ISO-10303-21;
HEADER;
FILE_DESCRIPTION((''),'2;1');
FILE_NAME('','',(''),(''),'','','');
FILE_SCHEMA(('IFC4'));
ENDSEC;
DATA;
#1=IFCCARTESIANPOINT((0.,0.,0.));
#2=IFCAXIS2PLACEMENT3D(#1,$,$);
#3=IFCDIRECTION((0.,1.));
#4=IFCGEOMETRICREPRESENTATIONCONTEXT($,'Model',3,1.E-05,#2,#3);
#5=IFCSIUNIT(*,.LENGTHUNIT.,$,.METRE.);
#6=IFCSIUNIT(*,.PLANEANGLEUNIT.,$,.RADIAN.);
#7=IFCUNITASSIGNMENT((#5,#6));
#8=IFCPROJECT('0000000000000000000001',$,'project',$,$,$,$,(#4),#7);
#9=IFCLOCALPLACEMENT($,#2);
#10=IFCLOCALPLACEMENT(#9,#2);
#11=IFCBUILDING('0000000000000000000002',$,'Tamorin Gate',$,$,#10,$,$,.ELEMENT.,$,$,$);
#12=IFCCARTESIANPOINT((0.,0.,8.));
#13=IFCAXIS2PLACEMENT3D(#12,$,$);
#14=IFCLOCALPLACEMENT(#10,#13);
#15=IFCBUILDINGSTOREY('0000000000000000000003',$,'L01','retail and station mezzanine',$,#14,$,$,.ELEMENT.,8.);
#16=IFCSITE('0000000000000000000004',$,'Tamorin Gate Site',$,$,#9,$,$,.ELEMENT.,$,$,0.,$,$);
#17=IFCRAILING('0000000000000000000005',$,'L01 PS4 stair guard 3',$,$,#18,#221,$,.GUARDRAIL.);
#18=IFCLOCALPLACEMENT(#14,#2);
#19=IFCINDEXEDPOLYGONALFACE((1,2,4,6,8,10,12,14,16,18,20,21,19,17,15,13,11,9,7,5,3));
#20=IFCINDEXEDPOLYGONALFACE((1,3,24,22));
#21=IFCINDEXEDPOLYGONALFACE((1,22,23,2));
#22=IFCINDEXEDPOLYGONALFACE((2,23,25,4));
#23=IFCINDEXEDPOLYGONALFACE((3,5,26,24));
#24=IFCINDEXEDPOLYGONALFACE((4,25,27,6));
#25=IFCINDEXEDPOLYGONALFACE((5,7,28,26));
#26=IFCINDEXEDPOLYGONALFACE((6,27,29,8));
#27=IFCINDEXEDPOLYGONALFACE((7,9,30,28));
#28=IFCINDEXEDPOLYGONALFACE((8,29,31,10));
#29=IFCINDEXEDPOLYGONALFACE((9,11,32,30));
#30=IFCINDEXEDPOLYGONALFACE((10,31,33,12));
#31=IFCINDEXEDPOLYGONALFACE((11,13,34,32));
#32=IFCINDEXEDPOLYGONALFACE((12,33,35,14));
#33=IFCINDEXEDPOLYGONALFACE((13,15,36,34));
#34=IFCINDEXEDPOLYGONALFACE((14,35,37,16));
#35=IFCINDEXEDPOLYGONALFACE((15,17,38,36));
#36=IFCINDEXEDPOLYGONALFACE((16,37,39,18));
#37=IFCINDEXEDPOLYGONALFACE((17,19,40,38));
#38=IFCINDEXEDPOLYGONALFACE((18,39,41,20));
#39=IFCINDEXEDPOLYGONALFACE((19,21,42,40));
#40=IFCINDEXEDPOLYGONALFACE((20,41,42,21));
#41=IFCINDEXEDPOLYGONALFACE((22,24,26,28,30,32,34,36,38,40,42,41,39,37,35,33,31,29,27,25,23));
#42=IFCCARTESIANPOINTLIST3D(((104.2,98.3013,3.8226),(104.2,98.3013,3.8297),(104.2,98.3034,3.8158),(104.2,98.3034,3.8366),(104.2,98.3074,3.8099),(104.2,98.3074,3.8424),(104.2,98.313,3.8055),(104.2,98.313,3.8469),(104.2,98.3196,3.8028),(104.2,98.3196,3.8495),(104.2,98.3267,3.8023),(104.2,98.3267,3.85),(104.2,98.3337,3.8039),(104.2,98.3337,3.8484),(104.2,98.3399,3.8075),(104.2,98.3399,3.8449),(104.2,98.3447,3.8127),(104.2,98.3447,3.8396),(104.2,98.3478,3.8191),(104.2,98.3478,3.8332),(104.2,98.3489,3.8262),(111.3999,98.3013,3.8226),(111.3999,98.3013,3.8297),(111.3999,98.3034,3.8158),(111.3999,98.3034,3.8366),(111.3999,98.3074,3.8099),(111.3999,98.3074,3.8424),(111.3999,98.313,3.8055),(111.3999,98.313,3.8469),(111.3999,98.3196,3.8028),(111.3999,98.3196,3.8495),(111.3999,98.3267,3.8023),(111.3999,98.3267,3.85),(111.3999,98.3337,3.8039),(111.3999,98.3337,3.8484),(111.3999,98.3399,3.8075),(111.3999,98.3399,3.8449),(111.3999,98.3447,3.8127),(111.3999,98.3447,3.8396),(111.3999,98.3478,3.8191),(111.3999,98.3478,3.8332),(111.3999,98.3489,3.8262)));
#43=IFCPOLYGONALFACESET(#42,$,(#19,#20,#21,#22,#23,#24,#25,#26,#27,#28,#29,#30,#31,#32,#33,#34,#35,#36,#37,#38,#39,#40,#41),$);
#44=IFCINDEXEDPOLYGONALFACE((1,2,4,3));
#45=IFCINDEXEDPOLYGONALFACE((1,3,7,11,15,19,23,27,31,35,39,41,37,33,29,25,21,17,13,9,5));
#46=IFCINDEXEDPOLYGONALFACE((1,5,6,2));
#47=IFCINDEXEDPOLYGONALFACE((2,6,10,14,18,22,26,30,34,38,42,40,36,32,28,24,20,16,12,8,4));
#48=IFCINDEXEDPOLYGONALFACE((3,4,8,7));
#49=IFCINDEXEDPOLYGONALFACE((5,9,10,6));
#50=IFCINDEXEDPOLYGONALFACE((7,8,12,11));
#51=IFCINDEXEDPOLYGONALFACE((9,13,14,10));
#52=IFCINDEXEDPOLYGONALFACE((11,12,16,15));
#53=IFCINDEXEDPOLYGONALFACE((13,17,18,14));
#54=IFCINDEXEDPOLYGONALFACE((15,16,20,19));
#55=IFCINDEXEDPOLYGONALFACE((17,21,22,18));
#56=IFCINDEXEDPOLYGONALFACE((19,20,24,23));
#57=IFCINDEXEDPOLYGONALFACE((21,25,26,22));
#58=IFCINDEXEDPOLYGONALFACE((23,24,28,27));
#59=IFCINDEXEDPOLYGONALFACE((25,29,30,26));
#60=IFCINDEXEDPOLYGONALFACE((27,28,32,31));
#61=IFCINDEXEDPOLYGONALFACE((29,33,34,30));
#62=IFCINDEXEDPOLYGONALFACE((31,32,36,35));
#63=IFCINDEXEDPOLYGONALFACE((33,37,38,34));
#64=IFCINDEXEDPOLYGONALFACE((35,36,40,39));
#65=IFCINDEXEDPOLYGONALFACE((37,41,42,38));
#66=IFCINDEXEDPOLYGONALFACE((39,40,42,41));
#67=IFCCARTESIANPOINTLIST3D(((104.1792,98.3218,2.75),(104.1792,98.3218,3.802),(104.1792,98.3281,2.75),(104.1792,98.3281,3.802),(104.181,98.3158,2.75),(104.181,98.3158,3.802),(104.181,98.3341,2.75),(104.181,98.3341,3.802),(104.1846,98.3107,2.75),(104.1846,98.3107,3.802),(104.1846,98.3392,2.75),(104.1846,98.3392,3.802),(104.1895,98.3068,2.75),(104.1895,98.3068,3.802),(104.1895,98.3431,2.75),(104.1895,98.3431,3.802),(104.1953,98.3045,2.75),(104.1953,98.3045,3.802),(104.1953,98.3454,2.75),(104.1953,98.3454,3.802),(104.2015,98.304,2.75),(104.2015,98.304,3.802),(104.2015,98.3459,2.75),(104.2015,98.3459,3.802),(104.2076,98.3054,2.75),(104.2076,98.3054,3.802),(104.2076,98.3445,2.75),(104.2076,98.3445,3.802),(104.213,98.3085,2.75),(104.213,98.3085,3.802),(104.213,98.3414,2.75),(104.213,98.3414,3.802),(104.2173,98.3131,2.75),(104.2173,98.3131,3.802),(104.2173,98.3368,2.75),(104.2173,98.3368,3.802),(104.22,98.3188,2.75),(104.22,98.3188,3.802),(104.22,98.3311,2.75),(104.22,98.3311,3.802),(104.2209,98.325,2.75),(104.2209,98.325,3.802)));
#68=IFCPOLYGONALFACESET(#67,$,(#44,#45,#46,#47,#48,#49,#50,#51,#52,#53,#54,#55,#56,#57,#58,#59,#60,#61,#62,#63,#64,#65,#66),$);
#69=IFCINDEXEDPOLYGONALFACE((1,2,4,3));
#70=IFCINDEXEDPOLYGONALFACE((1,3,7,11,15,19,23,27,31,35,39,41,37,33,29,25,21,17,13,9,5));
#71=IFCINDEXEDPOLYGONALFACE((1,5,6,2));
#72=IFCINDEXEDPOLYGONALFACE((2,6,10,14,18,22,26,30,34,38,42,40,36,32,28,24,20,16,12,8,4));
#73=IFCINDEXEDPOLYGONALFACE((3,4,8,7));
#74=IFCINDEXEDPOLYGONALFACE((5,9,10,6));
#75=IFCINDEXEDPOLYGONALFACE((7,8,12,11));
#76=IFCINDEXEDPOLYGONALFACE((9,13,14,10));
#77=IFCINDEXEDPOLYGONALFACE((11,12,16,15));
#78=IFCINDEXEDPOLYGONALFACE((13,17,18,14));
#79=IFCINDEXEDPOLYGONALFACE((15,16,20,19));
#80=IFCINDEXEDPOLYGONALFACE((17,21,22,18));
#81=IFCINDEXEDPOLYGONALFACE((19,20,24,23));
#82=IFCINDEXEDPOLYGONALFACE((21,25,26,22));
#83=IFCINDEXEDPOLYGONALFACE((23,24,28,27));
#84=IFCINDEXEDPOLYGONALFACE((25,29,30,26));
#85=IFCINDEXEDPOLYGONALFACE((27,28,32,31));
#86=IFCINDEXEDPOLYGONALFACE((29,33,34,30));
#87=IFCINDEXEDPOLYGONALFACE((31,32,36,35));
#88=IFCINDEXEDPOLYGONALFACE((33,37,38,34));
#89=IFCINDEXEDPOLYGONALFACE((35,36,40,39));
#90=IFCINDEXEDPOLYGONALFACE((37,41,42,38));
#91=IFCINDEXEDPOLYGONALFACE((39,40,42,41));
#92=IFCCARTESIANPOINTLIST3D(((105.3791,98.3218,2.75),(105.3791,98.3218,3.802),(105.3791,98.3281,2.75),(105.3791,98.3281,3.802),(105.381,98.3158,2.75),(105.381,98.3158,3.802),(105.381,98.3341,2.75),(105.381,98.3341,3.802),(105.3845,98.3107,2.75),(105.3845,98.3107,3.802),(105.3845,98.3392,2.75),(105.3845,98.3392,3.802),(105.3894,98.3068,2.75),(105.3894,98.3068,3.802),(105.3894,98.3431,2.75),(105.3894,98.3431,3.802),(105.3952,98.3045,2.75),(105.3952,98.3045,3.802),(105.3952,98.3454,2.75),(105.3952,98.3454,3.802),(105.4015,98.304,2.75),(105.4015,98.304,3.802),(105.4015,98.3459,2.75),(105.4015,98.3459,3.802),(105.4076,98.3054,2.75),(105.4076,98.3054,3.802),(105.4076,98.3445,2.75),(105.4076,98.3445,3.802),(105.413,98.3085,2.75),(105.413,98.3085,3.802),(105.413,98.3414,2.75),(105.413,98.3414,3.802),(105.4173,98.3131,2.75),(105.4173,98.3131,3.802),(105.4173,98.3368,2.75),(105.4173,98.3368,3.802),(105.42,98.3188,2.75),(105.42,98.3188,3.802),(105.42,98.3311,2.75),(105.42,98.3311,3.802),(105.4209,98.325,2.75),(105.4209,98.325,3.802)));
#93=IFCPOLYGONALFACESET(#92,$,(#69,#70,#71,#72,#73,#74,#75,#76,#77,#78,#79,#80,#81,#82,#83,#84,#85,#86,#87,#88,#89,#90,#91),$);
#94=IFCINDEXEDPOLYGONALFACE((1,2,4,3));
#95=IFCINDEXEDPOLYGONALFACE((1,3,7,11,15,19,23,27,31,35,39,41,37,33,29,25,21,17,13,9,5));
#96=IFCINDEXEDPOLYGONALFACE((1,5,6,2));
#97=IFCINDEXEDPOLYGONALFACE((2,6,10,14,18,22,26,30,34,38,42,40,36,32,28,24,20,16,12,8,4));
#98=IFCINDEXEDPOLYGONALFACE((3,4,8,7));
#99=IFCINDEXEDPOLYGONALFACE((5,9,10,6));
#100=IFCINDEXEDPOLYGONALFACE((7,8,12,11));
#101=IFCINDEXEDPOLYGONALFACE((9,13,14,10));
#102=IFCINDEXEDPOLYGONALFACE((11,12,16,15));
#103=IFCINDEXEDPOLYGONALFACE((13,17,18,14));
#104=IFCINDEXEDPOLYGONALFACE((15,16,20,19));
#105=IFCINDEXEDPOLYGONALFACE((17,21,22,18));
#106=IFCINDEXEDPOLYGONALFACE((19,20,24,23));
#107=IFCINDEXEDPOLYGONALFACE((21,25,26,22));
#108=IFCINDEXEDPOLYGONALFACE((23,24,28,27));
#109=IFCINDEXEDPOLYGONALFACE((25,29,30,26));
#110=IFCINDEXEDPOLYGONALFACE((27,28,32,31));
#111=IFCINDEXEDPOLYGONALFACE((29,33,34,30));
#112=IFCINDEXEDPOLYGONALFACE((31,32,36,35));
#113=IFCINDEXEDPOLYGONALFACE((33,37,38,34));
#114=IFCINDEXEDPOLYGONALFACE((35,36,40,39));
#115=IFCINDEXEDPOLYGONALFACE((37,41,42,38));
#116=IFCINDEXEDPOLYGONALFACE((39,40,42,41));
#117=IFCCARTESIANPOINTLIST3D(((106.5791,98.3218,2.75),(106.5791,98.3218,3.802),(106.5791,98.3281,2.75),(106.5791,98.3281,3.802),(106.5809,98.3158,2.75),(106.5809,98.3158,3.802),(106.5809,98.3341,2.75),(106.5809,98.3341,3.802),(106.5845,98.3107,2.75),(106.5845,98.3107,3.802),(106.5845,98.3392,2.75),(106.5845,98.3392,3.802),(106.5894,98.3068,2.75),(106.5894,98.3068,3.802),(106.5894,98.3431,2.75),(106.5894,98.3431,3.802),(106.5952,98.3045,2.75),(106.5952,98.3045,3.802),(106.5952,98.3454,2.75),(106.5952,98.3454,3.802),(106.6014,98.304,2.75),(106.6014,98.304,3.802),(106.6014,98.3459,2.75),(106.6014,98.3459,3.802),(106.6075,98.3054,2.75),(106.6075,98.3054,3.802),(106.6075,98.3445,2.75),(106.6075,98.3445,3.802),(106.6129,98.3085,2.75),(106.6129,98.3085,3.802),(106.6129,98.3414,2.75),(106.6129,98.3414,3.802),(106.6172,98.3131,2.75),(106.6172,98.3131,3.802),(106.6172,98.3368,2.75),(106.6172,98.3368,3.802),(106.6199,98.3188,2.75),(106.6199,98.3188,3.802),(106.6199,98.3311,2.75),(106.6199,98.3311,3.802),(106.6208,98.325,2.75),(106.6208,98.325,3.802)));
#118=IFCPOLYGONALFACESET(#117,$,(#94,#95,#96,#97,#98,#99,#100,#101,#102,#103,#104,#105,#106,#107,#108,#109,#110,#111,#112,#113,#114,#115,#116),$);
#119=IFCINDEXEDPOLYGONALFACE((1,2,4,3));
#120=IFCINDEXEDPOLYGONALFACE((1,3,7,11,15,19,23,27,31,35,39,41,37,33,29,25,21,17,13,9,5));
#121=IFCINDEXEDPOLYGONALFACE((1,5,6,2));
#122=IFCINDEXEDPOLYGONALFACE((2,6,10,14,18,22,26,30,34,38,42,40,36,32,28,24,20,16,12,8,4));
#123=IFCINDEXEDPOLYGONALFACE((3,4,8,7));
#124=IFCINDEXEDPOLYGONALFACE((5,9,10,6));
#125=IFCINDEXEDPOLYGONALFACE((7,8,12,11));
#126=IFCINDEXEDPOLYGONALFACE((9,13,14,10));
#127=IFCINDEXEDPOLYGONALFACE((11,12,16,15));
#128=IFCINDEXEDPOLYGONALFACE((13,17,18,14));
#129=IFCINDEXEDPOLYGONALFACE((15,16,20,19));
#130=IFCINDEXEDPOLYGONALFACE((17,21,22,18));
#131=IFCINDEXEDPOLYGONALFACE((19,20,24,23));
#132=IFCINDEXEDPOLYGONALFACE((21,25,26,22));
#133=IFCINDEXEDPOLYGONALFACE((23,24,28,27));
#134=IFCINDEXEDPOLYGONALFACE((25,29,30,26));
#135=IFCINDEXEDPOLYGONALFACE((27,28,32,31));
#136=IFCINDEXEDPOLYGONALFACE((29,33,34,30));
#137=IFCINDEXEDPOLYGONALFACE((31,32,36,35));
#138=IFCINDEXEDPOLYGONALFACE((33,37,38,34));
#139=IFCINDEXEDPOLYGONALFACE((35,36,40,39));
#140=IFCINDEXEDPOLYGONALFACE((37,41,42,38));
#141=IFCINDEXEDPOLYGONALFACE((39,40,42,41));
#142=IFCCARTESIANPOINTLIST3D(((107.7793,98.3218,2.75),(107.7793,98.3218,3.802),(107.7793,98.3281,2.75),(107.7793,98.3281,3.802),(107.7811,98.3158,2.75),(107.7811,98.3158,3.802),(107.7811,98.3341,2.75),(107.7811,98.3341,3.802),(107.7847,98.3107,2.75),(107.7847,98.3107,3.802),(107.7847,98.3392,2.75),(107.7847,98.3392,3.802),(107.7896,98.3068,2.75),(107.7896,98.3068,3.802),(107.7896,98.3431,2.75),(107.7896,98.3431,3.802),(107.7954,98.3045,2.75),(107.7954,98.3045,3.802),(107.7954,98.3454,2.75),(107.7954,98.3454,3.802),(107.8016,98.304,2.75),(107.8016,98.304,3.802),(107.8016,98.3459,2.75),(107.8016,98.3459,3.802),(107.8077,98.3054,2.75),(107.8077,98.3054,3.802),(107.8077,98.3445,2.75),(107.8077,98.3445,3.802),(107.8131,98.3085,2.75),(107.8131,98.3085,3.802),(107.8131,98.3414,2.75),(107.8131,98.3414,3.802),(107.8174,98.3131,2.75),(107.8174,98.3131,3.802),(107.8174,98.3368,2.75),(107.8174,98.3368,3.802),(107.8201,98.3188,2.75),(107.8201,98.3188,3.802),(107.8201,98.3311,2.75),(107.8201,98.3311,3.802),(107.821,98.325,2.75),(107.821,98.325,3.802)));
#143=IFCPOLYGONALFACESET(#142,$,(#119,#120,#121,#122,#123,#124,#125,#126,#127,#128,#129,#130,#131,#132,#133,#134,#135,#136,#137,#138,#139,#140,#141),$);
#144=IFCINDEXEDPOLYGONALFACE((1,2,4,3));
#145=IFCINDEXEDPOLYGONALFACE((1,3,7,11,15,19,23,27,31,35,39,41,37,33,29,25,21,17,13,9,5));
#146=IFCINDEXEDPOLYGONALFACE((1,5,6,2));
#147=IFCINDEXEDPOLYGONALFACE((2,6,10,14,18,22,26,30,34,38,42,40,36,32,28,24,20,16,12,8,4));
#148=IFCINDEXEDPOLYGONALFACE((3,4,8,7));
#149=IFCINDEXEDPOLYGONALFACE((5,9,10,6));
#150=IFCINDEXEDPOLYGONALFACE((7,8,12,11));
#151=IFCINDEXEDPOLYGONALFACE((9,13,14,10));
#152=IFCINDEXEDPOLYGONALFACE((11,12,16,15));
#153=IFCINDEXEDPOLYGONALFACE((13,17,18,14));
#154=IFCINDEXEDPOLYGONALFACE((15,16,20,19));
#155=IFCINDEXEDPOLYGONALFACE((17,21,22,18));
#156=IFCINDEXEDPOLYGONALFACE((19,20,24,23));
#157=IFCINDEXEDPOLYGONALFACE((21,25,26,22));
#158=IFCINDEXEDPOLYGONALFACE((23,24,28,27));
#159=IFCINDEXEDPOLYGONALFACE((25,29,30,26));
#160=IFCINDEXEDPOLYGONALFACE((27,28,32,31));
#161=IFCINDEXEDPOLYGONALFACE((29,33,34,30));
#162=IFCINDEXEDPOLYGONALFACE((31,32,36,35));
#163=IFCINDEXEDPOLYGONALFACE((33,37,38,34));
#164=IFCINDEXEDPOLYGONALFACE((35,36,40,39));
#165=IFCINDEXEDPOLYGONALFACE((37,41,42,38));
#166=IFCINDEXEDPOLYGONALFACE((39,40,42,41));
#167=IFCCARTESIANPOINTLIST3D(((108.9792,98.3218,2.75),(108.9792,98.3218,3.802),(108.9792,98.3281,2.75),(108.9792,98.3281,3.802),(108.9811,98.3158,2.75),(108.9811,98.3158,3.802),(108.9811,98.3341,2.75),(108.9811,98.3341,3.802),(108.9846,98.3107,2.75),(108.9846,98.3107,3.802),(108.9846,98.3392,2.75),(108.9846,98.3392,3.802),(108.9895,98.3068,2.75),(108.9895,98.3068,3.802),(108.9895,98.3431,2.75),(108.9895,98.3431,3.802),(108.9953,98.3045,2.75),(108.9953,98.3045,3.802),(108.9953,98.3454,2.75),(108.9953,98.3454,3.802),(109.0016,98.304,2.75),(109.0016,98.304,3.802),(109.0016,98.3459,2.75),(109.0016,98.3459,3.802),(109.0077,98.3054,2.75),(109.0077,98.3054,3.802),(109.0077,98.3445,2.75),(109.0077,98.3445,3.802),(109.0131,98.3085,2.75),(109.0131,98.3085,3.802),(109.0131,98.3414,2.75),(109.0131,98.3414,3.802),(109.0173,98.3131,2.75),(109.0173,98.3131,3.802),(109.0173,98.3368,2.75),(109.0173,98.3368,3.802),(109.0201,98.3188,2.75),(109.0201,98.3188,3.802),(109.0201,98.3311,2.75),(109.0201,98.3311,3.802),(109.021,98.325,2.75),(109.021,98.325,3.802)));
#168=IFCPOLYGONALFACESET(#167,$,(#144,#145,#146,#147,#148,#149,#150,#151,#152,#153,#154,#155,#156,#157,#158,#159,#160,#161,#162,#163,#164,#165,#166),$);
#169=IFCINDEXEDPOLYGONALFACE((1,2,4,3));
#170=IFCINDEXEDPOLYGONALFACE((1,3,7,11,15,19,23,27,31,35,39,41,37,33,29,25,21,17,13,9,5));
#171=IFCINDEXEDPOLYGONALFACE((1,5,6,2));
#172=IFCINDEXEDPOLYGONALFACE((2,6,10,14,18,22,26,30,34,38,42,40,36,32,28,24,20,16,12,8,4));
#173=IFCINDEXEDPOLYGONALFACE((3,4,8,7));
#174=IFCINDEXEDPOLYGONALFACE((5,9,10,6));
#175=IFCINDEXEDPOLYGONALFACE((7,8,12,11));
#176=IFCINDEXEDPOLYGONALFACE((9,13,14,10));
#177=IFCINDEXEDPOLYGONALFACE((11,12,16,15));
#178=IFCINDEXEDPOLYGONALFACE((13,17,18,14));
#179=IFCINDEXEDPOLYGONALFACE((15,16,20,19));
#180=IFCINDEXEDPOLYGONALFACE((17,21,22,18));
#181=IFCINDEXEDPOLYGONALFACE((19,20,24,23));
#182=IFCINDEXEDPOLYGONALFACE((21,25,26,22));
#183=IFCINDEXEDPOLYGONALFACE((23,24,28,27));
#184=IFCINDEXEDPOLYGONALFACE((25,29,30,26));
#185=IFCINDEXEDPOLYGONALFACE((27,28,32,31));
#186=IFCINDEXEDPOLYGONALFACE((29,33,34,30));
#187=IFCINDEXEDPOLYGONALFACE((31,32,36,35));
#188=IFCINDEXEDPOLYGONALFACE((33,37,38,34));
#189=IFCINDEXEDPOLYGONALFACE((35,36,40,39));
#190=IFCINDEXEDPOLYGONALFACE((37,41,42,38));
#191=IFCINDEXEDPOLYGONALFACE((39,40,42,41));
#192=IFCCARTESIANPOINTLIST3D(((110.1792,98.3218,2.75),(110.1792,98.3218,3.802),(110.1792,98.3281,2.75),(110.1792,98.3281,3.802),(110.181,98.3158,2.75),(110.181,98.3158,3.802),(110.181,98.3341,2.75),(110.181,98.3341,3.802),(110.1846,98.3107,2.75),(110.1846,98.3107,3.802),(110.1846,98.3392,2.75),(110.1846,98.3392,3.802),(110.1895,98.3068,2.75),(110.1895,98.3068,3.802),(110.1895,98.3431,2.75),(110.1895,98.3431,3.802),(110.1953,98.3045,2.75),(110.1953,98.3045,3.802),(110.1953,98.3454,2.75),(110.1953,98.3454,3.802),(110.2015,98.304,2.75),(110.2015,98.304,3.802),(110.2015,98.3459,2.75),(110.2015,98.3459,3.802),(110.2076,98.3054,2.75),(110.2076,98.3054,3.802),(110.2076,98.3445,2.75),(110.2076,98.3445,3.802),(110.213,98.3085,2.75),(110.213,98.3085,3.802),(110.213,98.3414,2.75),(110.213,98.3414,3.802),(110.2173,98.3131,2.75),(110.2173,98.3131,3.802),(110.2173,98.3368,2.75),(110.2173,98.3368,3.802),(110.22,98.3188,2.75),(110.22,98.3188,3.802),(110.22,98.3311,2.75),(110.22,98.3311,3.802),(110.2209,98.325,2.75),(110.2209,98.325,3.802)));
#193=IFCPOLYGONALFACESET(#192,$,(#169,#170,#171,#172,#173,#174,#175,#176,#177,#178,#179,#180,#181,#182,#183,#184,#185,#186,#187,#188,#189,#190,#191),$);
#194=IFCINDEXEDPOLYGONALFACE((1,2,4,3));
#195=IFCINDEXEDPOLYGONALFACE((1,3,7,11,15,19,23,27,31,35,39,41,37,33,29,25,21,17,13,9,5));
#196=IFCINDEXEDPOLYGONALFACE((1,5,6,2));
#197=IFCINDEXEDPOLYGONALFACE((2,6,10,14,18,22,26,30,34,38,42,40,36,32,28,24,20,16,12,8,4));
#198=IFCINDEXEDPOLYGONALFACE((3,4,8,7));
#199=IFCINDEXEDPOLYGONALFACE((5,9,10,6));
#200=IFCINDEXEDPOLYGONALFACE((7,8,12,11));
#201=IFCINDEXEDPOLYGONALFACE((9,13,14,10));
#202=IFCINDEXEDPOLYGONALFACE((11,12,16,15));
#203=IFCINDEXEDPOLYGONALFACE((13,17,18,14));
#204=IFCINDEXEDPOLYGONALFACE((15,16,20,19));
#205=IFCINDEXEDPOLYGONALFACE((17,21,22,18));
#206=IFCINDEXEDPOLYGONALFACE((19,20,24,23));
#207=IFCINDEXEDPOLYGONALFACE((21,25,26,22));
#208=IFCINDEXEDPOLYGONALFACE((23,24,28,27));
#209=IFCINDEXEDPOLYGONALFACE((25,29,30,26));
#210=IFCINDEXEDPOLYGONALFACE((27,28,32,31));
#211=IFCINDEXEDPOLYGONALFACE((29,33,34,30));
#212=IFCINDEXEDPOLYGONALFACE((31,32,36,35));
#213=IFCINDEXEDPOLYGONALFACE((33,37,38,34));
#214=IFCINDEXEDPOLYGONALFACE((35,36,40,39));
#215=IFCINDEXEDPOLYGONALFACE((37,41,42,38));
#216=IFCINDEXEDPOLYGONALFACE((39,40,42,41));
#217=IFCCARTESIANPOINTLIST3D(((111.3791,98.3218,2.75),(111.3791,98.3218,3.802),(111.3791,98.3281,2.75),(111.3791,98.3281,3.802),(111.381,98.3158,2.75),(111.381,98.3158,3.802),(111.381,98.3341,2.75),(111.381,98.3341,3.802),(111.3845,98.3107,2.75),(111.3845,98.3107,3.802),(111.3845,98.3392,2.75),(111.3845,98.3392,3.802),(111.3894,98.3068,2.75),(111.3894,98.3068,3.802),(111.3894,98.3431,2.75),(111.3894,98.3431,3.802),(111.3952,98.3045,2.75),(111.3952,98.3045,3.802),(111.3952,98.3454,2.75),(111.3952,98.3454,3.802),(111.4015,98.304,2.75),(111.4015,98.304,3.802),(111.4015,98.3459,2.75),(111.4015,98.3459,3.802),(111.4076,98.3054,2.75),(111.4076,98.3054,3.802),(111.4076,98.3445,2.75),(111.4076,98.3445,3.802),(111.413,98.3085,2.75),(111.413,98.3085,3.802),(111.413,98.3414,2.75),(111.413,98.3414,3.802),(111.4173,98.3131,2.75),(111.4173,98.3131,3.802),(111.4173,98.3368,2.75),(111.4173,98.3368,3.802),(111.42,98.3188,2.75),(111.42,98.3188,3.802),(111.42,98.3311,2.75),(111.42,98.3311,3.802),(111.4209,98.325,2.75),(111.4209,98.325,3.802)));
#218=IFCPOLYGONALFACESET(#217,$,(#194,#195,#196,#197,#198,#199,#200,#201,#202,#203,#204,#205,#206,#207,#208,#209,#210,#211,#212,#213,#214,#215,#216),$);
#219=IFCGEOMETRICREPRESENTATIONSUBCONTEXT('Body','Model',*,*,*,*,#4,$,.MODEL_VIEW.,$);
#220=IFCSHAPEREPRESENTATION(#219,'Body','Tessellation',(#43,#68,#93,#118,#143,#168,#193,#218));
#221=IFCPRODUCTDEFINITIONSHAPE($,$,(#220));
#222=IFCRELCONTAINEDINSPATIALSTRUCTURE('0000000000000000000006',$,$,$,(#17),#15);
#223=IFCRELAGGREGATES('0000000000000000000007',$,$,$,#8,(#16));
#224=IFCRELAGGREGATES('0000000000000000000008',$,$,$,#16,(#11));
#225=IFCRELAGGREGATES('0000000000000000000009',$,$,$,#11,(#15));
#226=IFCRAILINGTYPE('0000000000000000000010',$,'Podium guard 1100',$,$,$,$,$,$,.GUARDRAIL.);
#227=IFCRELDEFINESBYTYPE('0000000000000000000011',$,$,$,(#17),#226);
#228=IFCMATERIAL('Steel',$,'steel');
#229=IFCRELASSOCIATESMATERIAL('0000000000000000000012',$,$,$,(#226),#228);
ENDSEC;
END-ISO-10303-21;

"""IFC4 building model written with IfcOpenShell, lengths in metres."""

from ifc_helpers import new_model, si_unit, direction, frame, origin, origin_2d, place, context, subcontext, project, spatial, circle, extrude, material, type_object, element, save


model = new_model("IFC4")

# Units and contexts
model_context = context("Model", 3, precision=1e-05, world=origin(), true_north=direction((0.0, 1.0)))
body_context = subcontext(model_context, "Body", "Model", "MODEL_VIEW")
ifc_project = project(units=[si_unit("LENGTHUNIT", "METRE"), si_unit("PLANEANGLEUNIT", "RADIAN")], contexts=[model_context])

# Site, building, storey
site_placement = place(None, origin())
site = spatial("IfcSite", under=ifc_project, at=site_placement, Name="Tamorin Gate Site", CompositionType="ELEMENT", RefElevation=0.0)
building_placement = place(site_placement, origin())
building = spatial("IfcBuilding", under=site, at=building_placement, Name="Tamorin Gate", CompositionType="ELEMENT")
storey_placement = place(building_placement, frame((0.0, 0.0, 8.0)))
storey = spatial("IfcBuildingStorey", under=building, at=storey_placement, Name="L01", Description="retail and station mezzanine", CompositionType="ELEMENT", Elevation=8.0)

# Railing
ifc_material_1 = material(Name="Steel", Category="steel")
railing_type_1 = type_object("IfcRailingType", Name="Podium guard 1100", PredefinedType="GUARDRAIL", material=ifc_material_1)
for number, where, name in (
    (1, (104.2, 98.325, 2.75), "L01 PS4 stair guard 3"),
):
    element("IfcRailing", number, at=place(storey_placement, frame(where)), inside=storey, type_object=railing_type_1, Name=name, PredefinedType="GUARDRAIL", context=body_context, shape_type="SweptSolid", body=[
        extrude(circle(Radius=0.0239, at=origin_2d()), frame((0.0, 0.0, 1.0762), z_axis=(1.0, 0.0, 0.0), x_axis=(0.0, 1.0, 0.0)), (0.0, 0.0, 1.0), 7.2),
        extrude(circle(Radius=0.021, at=origin_2d()), origin(), (0.0, 0.0, 1.0), 1.052),
        extrude(circle(Radius=0.021, at=origin_2d()), frame((1.2, 0.0, 0.0)), (0.0, 0.0, 1.0), 1.052),
        extrude(circle(Radius=0.021, at=origin_2d()), frame((2.3999, 0.0, 0.0)), (0.0, 0.0, 1.0), 1.052),
        extrude(circle(Radius=0.021, at=origin_2d()), frame((3.6001, 0.0, 0.0)), (0.0, 0.0, 1.0), 1.052),
        extrude(circle(Radius=0.021, at=origin_2d()), frame((4.8, 0.0, 0.0)), (0.0, 0.0, 1.0), 1.052),
        extrude(circle(Radius=0.021, at=origin_2d()), frame((6.0, 0.0, 0.0)), (0.0, 0.0, 1.0), 1.052),
        extrude(circle(Radius=0.021, at=origin_2d()), frame((7.2, 0.0, 0.0)), (0.0, 0.0, 1.0), 1.052),
    ])

save(model, "model.ifc")
